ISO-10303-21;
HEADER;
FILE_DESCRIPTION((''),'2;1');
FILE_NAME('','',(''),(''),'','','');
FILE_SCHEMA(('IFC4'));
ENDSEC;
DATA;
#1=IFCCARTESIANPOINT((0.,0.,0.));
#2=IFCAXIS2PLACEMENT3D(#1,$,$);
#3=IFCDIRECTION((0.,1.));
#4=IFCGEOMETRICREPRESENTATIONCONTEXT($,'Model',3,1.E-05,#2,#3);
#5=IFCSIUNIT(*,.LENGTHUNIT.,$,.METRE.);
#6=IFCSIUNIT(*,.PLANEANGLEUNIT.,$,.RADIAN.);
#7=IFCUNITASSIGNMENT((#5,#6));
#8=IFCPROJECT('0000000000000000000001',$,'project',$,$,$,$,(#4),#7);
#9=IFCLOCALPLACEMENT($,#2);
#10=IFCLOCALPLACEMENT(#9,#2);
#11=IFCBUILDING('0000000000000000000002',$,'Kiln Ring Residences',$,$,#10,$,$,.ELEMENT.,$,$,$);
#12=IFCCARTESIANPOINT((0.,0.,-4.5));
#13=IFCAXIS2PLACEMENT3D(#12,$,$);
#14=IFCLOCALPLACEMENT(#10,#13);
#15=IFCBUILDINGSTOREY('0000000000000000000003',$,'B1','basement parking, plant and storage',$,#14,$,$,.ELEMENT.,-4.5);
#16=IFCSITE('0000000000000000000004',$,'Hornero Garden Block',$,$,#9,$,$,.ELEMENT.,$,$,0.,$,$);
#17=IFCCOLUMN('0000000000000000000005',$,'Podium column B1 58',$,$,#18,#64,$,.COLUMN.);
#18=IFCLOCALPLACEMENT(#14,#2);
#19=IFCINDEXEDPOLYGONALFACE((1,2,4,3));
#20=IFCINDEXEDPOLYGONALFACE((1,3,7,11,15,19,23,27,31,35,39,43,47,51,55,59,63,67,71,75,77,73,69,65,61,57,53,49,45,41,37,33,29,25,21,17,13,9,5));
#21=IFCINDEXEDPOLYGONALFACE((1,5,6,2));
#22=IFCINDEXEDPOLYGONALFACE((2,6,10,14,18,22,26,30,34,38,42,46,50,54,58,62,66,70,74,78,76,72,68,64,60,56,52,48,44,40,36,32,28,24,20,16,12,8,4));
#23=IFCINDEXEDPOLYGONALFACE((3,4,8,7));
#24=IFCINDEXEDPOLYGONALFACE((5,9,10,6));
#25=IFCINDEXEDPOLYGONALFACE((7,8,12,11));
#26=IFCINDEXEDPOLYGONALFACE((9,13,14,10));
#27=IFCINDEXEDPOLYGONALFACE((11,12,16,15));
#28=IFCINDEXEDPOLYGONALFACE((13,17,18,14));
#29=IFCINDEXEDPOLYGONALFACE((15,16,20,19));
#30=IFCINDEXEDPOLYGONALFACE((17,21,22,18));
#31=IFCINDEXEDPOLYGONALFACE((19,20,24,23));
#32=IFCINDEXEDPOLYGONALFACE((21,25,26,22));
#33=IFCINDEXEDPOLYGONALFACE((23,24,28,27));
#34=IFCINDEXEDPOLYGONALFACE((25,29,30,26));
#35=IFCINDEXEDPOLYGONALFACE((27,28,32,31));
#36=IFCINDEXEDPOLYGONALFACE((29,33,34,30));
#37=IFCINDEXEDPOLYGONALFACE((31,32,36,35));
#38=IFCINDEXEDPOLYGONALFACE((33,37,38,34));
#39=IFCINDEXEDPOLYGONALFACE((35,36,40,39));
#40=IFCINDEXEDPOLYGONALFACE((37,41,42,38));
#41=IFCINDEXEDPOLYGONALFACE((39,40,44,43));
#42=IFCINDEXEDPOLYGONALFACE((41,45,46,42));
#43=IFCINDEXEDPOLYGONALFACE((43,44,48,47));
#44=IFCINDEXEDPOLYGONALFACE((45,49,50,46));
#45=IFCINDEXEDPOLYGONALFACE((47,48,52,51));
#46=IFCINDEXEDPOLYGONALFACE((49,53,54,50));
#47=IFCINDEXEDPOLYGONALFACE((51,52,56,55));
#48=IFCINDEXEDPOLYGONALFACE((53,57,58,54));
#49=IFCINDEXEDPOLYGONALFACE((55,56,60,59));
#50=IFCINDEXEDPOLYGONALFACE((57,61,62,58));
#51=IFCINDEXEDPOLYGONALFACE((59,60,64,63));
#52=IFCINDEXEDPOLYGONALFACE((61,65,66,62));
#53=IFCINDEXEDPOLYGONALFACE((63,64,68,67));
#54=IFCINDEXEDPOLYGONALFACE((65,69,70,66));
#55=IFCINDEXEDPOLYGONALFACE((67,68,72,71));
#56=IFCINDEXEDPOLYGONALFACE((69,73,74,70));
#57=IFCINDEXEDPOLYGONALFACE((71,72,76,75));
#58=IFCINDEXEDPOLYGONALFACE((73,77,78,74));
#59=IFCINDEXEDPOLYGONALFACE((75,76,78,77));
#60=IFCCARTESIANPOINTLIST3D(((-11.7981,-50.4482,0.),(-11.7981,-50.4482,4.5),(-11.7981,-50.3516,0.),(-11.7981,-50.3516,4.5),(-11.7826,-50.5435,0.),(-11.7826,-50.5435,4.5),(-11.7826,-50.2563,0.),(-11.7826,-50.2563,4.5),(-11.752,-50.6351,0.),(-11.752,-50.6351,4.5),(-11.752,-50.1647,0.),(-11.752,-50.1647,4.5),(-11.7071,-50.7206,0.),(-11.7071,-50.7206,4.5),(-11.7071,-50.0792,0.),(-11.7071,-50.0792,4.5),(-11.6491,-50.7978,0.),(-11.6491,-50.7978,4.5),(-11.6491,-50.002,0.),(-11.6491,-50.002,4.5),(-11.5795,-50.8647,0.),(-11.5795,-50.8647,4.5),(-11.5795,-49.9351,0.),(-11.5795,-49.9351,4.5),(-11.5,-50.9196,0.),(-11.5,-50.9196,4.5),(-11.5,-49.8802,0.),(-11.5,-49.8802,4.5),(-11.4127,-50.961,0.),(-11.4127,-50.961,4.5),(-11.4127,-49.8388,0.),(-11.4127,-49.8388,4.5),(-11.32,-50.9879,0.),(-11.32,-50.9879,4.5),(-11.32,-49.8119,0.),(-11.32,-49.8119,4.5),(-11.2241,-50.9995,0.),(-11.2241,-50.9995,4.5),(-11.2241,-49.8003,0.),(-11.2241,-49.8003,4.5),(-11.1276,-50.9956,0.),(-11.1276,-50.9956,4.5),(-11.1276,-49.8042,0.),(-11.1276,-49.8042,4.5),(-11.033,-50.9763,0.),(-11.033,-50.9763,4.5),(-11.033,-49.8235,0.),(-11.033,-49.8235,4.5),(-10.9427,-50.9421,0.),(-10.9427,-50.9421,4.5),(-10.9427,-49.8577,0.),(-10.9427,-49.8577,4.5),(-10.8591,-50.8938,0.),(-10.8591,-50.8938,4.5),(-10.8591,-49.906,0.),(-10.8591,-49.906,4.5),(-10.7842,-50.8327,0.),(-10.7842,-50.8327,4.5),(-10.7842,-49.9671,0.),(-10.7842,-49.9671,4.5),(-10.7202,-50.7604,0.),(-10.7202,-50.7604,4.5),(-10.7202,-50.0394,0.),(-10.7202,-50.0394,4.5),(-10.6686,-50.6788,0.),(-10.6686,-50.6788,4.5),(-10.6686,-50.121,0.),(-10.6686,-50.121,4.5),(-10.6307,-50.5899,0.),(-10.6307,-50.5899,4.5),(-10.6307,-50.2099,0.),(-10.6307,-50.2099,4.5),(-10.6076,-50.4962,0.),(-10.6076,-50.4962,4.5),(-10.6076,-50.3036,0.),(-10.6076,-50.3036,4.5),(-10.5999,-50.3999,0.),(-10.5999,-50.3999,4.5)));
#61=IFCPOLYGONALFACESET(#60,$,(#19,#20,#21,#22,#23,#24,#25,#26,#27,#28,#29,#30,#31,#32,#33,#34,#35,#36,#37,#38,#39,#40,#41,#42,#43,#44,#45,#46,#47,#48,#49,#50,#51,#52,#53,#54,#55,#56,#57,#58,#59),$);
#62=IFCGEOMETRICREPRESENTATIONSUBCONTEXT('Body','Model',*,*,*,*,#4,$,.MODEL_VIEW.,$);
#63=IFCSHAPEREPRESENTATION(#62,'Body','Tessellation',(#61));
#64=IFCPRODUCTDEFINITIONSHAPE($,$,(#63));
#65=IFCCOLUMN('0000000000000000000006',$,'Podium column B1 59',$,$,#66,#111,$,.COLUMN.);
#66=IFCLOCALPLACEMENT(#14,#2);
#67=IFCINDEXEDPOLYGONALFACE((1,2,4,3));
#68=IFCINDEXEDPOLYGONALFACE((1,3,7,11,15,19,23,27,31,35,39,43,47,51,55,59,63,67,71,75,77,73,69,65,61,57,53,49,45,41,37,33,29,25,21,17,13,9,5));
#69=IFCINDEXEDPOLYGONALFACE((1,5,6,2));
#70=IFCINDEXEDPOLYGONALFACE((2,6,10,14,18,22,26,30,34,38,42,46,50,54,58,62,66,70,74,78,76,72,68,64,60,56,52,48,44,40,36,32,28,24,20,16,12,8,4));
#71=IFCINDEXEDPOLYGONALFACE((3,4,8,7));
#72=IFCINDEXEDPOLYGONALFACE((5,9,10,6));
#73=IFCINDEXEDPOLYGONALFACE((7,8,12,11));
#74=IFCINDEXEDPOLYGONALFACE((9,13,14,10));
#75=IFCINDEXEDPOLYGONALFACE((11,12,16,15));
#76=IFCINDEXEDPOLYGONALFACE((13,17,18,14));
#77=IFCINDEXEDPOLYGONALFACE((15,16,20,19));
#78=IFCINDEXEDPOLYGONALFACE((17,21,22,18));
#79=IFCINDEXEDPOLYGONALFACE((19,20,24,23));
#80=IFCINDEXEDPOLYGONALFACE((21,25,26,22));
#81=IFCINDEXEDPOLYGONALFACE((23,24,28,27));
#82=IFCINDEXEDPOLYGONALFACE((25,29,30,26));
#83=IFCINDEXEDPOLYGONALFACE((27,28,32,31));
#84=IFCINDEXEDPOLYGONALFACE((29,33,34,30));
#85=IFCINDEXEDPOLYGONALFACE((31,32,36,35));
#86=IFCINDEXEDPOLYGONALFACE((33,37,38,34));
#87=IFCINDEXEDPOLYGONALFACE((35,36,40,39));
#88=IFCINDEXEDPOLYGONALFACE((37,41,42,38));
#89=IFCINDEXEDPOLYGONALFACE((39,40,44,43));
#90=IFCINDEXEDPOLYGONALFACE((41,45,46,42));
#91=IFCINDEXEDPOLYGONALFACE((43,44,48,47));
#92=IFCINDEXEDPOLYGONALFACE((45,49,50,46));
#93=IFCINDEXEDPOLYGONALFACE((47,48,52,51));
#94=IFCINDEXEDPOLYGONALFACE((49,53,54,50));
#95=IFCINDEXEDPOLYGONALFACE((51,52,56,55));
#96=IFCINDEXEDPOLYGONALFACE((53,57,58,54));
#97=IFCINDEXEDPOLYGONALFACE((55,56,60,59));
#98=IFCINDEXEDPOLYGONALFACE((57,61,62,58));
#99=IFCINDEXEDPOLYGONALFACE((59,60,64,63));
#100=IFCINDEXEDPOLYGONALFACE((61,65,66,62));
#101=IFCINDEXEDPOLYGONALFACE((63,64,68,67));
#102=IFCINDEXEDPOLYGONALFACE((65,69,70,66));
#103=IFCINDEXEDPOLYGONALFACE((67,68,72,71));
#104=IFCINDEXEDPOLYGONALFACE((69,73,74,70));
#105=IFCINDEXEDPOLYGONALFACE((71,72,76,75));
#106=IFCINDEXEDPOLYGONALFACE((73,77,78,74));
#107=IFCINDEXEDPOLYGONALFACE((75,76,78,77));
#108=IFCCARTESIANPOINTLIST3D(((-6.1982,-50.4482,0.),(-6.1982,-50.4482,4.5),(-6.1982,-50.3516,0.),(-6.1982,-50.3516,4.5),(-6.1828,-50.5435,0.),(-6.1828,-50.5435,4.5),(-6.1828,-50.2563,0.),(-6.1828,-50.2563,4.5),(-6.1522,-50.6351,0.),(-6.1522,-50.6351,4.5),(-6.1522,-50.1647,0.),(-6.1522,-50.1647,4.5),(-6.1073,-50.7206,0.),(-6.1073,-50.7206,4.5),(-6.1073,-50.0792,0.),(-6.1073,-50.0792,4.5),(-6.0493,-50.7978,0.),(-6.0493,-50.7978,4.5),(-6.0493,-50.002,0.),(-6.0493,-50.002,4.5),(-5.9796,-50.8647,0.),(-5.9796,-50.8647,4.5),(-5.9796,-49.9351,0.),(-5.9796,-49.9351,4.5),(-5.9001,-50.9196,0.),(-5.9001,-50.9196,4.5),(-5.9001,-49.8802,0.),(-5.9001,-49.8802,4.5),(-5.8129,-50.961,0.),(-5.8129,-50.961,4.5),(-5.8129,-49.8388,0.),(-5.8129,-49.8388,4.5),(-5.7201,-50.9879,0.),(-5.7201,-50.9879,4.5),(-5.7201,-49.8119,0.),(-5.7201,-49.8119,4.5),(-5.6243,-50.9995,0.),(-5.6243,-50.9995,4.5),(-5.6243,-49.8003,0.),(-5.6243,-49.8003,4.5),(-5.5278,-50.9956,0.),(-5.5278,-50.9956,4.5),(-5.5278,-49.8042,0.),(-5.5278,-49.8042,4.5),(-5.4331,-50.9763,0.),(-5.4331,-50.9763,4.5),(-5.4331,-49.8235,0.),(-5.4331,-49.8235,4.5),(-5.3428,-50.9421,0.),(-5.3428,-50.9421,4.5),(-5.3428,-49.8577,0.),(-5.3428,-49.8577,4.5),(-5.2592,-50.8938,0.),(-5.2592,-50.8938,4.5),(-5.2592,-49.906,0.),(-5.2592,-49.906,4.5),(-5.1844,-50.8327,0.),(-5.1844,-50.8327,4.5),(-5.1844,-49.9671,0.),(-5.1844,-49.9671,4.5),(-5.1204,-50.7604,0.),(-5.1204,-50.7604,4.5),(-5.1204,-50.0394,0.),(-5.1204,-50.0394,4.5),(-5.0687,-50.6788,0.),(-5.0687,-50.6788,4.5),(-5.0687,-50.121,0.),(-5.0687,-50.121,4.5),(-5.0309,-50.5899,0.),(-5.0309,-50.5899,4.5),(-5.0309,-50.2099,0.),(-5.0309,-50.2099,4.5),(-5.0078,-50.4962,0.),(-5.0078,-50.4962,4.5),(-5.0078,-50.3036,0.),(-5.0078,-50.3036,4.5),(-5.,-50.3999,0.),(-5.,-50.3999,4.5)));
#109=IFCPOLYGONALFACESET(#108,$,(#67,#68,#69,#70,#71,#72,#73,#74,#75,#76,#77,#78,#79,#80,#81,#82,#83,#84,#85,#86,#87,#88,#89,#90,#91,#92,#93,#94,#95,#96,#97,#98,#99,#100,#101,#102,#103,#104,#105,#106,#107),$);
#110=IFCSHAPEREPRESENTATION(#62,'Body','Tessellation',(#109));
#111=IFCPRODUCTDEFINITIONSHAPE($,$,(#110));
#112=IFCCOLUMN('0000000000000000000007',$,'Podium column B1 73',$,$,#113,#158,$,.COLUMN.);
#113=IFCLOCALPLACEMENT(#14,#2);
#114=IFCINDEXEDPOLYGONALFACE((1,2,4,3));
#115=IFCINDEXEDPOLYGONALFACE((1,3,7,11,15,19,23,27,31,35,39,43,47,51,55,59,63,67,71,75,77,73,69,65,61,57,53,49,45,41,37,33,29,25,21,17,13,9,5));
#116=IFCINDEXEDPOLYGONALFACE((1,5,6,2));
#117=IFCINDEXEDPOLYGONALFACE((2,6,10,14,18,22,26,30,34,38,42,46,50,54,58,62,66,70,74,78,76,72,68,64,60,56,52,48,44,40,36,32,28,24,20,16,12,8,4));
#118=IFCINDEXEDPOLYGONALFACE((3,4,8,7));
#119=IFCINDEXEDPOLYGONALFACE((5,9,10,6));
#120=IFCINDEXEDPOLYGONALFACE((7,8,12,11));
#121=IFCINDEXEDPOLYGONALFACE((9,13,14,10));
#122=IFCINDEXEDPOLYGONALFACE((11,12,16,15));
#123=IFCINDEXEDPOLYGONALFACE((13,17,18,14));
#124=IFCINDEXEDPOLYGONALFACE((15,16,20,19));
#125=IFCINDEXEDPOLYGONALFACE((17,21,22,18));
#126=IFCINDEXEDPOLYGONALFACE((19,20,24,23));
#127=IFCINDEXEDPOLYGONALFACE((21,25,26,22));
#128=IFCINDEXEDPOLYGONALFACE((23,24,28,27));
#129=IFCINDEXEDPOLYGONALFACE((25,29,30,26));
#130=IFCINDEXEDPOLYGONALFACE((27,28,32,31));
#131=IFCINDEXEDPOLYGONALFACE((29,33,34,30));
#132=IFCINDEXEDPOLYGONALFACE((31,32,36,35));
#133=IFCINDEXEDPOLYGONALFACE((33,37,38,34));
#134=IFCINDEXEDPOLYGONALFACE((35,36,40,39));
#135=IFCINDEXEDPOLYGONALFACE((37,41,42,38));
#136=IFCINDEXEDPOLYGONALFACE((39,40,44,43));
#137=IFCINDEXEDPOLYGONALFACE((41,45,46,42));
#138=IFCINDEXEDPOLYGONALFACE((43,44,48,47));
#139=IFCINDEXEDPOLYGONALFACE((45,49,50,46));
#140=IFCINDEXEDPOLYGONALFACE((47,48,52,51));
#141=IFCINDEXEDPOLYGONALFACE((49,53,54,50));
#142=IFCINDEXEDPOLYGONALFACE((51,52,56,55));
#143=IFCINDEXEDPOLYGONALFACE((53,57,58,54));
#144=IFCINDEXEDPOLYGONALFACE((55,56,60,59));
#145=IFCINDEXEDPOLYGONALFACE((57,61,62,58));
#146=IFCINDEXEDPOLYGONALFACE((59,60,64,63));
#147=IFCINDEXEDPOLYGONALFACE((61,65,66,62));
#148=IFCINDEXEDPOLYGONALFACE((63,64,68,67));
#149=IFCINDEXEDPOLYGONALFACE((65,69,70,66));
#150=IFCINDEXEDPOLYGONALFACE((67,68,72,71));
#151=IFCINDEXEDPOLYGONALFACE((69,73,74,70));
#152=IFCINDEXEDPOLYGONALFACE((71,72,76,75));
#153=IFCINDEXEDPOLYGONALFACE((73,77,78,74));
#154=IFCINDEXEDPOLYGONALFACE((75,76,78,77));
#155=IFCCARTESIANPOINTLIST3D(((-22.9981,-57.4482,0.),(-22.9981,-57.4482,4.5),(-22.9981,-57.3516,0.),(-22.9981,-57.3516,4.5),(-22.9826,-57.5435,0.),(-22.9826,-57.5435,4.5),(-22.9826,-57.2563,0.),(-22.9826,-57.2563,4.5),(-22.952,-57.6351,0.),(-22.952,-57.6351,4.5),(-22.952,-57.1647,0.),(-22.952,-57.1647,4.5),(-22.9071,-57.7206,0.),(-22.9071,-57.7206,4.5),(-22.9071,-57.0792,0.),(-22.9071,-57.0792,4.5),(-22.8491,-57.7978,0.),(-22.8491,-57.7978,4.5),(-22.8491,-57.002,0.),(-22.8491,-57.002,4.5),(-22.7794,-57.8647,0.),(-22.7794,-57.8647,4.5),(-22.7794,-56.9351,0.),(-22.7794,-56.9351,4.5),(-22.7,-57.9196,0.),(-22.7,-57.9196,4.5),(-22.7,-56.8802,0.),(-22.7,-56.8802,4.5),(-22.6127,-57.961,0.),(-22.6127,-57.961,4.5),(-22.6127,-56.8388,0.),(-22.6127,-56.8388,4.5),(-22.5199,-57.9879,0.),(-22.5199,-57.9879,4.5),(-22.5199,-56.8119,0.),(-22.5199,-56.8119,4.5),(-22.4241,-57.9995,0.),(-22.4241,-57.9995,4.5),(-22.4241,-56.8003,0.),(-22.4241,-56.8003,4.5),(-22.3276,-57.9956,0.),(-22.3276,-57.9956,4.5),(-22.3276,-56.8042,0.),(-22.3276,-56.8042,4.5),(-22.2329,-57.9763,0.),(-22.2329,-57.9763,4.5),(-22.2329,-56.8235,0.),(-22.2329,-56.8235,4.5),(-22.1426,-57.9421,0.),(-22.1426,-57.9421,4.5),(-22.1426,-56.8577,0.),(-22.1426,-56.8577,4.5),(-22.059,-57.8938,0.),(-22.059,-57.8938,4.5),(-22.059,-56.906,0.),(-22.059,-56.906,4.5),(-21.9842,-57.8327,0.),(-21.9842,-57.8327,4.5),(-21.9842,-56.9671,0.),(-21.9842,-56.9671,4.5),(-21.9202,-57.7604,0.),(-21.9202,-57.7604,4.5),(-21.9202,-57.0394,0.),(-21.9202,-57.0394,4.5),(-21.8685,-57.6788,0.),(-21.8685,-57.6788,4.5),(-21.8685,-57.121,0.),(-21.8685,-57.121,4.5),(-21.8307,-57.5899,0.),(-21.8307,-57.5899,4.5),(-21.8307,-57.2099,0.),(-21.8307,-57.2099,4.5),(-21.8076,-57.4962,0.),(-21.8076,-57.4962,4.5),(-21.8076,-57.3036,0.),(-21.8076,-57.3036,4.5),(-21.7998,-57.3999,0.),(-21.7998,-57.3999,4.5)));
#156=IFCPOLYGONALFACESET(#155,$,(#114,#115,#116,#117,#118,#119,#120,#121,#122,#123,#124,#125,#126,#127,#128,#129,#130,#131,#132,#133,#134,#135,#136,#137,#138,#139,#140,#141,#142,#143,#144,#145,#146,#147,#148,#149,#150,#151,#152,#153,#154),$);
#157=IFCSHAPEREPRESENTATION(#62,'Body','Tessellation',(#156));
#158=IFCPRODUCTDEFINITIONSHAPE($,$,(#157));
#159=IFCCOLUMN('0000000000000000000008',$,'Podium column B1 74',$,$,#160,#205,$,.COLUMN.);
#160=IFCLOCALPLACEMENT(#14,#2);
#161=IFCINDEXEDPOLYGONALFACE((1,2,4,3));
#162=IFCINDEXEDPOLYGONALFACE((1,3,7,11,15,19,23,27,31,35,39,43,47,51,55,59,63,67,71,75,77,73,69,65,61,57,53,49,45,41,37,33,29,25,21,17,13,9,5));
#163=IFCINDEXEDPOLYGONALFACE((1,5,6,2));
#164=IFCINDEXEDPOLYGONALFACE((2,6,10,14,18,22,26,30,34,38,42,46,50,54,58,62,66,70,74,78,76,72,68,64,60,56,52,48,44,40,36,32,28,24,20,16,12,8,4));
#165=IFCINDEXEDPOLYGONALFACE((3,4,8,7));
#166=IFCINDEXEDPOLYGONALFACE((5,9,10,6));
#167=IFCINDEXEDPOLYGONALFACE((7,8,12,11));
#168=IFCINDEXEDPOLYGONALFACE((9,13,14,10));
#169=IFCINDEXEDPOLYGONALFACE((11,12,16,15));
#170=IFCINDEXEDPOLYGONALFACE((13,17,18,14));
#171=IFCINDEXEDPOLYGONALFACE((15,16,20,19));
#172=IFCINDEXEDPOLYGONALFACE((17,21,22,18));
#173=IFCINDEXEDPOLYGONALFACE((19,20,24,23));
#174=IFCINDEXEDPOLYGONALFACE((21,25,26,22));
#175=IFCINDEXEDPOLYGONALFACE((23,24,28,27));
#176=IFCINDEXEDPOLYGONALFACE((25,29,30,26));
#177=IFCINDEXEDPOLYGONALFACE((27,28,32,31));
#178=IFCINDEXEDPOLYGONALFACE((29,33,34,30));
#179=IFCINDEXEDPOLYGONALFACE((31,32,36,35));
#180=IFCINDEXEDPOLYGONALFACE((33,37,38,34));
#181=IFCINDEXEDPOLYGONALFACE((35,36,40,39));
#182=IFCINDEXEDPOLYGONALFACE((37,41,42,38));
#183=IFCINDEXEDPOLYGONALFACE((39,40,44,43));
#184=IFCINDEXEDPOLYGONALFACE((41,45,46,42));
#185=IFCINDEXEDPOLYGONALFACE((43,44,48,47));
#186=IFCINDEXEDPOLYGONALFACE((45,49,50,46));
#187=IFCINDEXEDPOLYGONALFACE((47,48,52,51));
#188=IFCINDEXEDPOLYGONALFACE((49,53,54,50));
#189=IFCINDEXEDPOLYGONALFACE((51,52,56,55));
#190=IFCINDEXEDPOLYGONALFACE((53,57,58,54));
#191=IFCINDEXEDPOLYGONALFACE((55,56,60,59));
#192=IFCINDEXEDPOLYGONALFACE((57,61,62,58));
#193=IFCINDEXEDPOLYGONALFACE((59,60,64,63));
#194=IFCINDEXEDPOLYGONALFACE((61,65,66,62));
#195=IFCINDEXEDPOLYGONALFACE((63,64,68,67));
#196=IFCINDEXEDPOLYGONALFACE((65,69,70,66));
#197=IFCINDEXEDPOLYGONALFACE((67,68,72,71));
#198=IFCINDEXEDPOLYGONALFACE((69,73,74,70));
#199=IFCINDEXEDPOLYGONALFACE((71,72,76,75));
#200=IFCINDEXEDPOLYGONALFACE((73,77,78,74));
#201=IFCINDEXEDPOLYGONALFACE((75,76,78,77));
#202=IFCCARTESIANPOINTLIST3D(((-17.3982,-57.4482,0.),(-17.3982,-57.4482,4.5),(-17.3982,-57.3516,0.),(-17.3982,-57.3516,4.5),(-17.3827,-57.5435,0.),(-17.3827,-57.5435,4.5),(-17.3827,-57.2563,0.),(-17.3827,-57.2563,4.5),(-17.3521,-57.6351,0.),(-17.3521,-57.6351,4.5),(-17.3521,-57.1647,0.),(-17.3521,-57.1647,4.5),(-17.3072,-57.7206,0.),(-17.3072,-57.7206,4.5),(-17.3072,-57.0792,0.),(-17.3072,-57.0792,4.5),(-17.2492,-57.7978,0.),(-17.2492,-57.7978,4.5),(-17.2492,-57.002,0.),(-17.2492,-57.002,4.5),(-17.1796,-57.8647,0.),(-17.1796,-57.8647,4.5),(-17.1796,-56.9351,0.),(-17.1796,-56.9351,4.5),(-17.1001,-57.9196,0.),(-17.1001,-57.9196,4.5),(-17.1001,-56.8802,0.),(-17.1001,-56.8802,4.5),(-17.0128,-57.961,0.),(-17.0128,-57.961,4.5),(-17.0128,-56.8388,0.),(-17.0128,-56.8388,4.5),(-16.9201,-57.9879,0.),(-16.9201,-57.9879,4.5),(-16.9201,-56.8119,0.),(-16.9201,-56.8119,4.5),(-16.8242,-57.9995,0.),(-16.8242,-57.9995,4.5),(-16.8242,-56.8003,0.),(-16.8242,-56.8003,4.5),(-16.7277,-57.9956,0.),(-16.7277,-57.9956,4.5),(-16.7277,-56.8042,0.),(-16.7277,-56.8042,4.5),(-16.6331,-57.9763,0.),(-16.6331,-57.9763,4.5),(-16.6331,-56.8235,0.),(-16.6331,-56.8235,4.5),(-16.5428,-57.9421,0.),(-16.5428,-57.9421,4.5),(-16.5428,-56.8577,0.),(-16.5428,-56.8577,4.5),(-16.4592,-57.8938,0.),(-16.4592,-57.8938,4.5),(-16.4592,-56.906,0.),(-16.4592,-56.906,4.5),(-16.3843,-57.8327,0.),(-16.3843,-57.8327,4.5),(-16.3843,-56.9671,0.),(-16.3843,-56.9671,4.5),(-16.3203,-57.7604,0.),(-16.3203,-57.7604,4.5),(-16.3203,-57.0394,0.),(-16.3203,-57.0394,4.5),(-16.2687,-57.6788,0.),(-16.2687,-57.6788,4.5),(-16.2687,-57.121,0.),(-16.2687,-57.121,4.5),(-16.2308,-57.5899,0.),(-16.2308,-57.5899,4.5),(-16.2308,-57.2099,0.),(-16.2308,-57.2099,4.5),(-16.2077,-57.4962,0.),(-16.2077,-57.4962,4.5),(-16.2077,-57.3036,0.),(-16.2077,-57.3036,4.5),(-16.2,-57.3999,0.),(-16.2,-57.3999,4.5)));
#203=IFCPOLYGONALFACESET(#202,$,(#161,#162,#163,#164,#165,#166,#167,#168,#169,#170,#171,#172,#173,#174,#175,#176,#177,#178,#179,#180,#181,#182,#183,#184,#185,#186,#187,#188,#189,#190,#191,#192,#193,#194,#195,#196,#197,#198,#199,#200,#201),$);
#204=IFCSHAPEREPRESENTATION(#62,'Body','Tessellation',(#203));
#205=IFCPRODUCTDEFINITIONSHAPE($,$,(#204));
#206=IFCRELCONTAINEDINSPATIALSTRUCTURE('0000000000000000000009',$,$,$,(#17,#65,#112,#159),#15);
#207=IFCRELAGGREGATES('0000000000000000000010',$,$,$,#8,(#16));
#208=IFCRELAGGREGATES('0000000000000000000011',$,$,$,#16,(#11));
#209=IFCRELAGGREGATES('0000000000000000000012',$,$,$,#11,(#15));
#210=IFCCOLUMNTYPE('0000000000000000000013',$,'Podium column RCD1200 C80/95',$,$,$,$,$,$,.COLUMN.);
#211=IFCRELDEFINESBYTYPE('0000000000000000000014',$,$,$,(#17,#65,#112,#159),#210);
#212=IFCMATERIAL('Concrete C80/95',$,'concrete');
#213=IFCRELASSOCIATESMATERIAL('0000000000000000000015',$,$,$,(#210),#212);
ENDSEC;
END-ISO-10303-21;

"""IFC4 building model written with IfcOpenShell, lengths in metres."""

from ifc_helpers import new_model, si_unit, direction, frame, origin, origin_2d, place, context, subcontext, project, spatial, circle, extrude, material, material_profile, profile_set, type_object, element, save


model = new_model("IFC4")

# Units and contexts
model_context = context("Model", 3, precision=1e-05, world=origin(), true_north=direction((0.0, 1.0)))
body_context = subcontext(model_context, "Body", "Model", "MODEL_VIEW")
ifc_project = project(units=[si_unit("LENGTHUNIT", "METRE"), si_unit("PLANEANGLEUNIT", "RADIAN")], contexts=[model_context])

# Site, building, storey
site_placement = place(None, origin())
site = spatial("IfcSite", under=ifc_project, at=site_placement, Name="Hornero Garden Block", CompositionType="ELEMENT", RefElevation=0.0)
building_placement = place(site_placement, origin())
building = spatial("IfcBuilding", under=site, at=building_placement, Name="Kiln Ring Residences", CompositionType="ELEMENT")
storey_placement = place(building_placement, frame((0.0, 0.0, -4.5)))
storey = spatial("IfcBuildingStorey", under=building, at=storey_placement, Name="B1", Description="basement parking, plant and storage", CompositionType="ELEMENT", Elevation=-4.5)

# Columns
ifc_material_1 = material(Name="Concrete C80/95", Category="concrete")
ifc_material_profile_1 = material_profile(ifc_material_1, circle(Radius=0.6001, at=origin_2d()), Name="RCD1200")
ifc_profile_set_1 = profile_set([ifc_material_profile_1], Name="Concrete C80/95")
column_type = type_object("IfcColumnType", Name="Podium column RCD1200 C80/95", PredefinedType="COLUMN", material=ifc_profile_set_1)
for number, where, z_axis, x_axis, name in (
    (1, (-11.2, -50.3999, 0.0), (0.0, 0.0, 1.0), (1.0, 0.0, 0.0), "Podium column B1 58"),
    (2, (-5.6001, -50.3999, 0.0), (0.0, 0.0, 1.0), (1.0, 0.0, 0.0), "Podium column B1 59"),
    (3, (-22.3999, -57.3999, 0.0), (0.0, 0.0, 1.0), (1.0, 0.0, 0.0), "Podium column B1 73"),
    (4, (-16.8, -57.3999, 0.0), (0.0, 0.0, 1.0), (1.0, 0.0, 0.0), "Podium column B1 74"),
):
    element("IfcColumn", number, at=place(storey_placement, frame(where, z_axis=z_axis, x_axis=x_axis)), inside=storey, type_object=column_type, Name=name, PredefinedType="COLUMN", context=body_context, shape_type="SweptSolid", body=[
        extrude(circle(Radius=0.6001, at=origin_2d()), origin(), (0.0, 0.0, 1.0), 4.5),
    ])

save(model, "model.ifc")
